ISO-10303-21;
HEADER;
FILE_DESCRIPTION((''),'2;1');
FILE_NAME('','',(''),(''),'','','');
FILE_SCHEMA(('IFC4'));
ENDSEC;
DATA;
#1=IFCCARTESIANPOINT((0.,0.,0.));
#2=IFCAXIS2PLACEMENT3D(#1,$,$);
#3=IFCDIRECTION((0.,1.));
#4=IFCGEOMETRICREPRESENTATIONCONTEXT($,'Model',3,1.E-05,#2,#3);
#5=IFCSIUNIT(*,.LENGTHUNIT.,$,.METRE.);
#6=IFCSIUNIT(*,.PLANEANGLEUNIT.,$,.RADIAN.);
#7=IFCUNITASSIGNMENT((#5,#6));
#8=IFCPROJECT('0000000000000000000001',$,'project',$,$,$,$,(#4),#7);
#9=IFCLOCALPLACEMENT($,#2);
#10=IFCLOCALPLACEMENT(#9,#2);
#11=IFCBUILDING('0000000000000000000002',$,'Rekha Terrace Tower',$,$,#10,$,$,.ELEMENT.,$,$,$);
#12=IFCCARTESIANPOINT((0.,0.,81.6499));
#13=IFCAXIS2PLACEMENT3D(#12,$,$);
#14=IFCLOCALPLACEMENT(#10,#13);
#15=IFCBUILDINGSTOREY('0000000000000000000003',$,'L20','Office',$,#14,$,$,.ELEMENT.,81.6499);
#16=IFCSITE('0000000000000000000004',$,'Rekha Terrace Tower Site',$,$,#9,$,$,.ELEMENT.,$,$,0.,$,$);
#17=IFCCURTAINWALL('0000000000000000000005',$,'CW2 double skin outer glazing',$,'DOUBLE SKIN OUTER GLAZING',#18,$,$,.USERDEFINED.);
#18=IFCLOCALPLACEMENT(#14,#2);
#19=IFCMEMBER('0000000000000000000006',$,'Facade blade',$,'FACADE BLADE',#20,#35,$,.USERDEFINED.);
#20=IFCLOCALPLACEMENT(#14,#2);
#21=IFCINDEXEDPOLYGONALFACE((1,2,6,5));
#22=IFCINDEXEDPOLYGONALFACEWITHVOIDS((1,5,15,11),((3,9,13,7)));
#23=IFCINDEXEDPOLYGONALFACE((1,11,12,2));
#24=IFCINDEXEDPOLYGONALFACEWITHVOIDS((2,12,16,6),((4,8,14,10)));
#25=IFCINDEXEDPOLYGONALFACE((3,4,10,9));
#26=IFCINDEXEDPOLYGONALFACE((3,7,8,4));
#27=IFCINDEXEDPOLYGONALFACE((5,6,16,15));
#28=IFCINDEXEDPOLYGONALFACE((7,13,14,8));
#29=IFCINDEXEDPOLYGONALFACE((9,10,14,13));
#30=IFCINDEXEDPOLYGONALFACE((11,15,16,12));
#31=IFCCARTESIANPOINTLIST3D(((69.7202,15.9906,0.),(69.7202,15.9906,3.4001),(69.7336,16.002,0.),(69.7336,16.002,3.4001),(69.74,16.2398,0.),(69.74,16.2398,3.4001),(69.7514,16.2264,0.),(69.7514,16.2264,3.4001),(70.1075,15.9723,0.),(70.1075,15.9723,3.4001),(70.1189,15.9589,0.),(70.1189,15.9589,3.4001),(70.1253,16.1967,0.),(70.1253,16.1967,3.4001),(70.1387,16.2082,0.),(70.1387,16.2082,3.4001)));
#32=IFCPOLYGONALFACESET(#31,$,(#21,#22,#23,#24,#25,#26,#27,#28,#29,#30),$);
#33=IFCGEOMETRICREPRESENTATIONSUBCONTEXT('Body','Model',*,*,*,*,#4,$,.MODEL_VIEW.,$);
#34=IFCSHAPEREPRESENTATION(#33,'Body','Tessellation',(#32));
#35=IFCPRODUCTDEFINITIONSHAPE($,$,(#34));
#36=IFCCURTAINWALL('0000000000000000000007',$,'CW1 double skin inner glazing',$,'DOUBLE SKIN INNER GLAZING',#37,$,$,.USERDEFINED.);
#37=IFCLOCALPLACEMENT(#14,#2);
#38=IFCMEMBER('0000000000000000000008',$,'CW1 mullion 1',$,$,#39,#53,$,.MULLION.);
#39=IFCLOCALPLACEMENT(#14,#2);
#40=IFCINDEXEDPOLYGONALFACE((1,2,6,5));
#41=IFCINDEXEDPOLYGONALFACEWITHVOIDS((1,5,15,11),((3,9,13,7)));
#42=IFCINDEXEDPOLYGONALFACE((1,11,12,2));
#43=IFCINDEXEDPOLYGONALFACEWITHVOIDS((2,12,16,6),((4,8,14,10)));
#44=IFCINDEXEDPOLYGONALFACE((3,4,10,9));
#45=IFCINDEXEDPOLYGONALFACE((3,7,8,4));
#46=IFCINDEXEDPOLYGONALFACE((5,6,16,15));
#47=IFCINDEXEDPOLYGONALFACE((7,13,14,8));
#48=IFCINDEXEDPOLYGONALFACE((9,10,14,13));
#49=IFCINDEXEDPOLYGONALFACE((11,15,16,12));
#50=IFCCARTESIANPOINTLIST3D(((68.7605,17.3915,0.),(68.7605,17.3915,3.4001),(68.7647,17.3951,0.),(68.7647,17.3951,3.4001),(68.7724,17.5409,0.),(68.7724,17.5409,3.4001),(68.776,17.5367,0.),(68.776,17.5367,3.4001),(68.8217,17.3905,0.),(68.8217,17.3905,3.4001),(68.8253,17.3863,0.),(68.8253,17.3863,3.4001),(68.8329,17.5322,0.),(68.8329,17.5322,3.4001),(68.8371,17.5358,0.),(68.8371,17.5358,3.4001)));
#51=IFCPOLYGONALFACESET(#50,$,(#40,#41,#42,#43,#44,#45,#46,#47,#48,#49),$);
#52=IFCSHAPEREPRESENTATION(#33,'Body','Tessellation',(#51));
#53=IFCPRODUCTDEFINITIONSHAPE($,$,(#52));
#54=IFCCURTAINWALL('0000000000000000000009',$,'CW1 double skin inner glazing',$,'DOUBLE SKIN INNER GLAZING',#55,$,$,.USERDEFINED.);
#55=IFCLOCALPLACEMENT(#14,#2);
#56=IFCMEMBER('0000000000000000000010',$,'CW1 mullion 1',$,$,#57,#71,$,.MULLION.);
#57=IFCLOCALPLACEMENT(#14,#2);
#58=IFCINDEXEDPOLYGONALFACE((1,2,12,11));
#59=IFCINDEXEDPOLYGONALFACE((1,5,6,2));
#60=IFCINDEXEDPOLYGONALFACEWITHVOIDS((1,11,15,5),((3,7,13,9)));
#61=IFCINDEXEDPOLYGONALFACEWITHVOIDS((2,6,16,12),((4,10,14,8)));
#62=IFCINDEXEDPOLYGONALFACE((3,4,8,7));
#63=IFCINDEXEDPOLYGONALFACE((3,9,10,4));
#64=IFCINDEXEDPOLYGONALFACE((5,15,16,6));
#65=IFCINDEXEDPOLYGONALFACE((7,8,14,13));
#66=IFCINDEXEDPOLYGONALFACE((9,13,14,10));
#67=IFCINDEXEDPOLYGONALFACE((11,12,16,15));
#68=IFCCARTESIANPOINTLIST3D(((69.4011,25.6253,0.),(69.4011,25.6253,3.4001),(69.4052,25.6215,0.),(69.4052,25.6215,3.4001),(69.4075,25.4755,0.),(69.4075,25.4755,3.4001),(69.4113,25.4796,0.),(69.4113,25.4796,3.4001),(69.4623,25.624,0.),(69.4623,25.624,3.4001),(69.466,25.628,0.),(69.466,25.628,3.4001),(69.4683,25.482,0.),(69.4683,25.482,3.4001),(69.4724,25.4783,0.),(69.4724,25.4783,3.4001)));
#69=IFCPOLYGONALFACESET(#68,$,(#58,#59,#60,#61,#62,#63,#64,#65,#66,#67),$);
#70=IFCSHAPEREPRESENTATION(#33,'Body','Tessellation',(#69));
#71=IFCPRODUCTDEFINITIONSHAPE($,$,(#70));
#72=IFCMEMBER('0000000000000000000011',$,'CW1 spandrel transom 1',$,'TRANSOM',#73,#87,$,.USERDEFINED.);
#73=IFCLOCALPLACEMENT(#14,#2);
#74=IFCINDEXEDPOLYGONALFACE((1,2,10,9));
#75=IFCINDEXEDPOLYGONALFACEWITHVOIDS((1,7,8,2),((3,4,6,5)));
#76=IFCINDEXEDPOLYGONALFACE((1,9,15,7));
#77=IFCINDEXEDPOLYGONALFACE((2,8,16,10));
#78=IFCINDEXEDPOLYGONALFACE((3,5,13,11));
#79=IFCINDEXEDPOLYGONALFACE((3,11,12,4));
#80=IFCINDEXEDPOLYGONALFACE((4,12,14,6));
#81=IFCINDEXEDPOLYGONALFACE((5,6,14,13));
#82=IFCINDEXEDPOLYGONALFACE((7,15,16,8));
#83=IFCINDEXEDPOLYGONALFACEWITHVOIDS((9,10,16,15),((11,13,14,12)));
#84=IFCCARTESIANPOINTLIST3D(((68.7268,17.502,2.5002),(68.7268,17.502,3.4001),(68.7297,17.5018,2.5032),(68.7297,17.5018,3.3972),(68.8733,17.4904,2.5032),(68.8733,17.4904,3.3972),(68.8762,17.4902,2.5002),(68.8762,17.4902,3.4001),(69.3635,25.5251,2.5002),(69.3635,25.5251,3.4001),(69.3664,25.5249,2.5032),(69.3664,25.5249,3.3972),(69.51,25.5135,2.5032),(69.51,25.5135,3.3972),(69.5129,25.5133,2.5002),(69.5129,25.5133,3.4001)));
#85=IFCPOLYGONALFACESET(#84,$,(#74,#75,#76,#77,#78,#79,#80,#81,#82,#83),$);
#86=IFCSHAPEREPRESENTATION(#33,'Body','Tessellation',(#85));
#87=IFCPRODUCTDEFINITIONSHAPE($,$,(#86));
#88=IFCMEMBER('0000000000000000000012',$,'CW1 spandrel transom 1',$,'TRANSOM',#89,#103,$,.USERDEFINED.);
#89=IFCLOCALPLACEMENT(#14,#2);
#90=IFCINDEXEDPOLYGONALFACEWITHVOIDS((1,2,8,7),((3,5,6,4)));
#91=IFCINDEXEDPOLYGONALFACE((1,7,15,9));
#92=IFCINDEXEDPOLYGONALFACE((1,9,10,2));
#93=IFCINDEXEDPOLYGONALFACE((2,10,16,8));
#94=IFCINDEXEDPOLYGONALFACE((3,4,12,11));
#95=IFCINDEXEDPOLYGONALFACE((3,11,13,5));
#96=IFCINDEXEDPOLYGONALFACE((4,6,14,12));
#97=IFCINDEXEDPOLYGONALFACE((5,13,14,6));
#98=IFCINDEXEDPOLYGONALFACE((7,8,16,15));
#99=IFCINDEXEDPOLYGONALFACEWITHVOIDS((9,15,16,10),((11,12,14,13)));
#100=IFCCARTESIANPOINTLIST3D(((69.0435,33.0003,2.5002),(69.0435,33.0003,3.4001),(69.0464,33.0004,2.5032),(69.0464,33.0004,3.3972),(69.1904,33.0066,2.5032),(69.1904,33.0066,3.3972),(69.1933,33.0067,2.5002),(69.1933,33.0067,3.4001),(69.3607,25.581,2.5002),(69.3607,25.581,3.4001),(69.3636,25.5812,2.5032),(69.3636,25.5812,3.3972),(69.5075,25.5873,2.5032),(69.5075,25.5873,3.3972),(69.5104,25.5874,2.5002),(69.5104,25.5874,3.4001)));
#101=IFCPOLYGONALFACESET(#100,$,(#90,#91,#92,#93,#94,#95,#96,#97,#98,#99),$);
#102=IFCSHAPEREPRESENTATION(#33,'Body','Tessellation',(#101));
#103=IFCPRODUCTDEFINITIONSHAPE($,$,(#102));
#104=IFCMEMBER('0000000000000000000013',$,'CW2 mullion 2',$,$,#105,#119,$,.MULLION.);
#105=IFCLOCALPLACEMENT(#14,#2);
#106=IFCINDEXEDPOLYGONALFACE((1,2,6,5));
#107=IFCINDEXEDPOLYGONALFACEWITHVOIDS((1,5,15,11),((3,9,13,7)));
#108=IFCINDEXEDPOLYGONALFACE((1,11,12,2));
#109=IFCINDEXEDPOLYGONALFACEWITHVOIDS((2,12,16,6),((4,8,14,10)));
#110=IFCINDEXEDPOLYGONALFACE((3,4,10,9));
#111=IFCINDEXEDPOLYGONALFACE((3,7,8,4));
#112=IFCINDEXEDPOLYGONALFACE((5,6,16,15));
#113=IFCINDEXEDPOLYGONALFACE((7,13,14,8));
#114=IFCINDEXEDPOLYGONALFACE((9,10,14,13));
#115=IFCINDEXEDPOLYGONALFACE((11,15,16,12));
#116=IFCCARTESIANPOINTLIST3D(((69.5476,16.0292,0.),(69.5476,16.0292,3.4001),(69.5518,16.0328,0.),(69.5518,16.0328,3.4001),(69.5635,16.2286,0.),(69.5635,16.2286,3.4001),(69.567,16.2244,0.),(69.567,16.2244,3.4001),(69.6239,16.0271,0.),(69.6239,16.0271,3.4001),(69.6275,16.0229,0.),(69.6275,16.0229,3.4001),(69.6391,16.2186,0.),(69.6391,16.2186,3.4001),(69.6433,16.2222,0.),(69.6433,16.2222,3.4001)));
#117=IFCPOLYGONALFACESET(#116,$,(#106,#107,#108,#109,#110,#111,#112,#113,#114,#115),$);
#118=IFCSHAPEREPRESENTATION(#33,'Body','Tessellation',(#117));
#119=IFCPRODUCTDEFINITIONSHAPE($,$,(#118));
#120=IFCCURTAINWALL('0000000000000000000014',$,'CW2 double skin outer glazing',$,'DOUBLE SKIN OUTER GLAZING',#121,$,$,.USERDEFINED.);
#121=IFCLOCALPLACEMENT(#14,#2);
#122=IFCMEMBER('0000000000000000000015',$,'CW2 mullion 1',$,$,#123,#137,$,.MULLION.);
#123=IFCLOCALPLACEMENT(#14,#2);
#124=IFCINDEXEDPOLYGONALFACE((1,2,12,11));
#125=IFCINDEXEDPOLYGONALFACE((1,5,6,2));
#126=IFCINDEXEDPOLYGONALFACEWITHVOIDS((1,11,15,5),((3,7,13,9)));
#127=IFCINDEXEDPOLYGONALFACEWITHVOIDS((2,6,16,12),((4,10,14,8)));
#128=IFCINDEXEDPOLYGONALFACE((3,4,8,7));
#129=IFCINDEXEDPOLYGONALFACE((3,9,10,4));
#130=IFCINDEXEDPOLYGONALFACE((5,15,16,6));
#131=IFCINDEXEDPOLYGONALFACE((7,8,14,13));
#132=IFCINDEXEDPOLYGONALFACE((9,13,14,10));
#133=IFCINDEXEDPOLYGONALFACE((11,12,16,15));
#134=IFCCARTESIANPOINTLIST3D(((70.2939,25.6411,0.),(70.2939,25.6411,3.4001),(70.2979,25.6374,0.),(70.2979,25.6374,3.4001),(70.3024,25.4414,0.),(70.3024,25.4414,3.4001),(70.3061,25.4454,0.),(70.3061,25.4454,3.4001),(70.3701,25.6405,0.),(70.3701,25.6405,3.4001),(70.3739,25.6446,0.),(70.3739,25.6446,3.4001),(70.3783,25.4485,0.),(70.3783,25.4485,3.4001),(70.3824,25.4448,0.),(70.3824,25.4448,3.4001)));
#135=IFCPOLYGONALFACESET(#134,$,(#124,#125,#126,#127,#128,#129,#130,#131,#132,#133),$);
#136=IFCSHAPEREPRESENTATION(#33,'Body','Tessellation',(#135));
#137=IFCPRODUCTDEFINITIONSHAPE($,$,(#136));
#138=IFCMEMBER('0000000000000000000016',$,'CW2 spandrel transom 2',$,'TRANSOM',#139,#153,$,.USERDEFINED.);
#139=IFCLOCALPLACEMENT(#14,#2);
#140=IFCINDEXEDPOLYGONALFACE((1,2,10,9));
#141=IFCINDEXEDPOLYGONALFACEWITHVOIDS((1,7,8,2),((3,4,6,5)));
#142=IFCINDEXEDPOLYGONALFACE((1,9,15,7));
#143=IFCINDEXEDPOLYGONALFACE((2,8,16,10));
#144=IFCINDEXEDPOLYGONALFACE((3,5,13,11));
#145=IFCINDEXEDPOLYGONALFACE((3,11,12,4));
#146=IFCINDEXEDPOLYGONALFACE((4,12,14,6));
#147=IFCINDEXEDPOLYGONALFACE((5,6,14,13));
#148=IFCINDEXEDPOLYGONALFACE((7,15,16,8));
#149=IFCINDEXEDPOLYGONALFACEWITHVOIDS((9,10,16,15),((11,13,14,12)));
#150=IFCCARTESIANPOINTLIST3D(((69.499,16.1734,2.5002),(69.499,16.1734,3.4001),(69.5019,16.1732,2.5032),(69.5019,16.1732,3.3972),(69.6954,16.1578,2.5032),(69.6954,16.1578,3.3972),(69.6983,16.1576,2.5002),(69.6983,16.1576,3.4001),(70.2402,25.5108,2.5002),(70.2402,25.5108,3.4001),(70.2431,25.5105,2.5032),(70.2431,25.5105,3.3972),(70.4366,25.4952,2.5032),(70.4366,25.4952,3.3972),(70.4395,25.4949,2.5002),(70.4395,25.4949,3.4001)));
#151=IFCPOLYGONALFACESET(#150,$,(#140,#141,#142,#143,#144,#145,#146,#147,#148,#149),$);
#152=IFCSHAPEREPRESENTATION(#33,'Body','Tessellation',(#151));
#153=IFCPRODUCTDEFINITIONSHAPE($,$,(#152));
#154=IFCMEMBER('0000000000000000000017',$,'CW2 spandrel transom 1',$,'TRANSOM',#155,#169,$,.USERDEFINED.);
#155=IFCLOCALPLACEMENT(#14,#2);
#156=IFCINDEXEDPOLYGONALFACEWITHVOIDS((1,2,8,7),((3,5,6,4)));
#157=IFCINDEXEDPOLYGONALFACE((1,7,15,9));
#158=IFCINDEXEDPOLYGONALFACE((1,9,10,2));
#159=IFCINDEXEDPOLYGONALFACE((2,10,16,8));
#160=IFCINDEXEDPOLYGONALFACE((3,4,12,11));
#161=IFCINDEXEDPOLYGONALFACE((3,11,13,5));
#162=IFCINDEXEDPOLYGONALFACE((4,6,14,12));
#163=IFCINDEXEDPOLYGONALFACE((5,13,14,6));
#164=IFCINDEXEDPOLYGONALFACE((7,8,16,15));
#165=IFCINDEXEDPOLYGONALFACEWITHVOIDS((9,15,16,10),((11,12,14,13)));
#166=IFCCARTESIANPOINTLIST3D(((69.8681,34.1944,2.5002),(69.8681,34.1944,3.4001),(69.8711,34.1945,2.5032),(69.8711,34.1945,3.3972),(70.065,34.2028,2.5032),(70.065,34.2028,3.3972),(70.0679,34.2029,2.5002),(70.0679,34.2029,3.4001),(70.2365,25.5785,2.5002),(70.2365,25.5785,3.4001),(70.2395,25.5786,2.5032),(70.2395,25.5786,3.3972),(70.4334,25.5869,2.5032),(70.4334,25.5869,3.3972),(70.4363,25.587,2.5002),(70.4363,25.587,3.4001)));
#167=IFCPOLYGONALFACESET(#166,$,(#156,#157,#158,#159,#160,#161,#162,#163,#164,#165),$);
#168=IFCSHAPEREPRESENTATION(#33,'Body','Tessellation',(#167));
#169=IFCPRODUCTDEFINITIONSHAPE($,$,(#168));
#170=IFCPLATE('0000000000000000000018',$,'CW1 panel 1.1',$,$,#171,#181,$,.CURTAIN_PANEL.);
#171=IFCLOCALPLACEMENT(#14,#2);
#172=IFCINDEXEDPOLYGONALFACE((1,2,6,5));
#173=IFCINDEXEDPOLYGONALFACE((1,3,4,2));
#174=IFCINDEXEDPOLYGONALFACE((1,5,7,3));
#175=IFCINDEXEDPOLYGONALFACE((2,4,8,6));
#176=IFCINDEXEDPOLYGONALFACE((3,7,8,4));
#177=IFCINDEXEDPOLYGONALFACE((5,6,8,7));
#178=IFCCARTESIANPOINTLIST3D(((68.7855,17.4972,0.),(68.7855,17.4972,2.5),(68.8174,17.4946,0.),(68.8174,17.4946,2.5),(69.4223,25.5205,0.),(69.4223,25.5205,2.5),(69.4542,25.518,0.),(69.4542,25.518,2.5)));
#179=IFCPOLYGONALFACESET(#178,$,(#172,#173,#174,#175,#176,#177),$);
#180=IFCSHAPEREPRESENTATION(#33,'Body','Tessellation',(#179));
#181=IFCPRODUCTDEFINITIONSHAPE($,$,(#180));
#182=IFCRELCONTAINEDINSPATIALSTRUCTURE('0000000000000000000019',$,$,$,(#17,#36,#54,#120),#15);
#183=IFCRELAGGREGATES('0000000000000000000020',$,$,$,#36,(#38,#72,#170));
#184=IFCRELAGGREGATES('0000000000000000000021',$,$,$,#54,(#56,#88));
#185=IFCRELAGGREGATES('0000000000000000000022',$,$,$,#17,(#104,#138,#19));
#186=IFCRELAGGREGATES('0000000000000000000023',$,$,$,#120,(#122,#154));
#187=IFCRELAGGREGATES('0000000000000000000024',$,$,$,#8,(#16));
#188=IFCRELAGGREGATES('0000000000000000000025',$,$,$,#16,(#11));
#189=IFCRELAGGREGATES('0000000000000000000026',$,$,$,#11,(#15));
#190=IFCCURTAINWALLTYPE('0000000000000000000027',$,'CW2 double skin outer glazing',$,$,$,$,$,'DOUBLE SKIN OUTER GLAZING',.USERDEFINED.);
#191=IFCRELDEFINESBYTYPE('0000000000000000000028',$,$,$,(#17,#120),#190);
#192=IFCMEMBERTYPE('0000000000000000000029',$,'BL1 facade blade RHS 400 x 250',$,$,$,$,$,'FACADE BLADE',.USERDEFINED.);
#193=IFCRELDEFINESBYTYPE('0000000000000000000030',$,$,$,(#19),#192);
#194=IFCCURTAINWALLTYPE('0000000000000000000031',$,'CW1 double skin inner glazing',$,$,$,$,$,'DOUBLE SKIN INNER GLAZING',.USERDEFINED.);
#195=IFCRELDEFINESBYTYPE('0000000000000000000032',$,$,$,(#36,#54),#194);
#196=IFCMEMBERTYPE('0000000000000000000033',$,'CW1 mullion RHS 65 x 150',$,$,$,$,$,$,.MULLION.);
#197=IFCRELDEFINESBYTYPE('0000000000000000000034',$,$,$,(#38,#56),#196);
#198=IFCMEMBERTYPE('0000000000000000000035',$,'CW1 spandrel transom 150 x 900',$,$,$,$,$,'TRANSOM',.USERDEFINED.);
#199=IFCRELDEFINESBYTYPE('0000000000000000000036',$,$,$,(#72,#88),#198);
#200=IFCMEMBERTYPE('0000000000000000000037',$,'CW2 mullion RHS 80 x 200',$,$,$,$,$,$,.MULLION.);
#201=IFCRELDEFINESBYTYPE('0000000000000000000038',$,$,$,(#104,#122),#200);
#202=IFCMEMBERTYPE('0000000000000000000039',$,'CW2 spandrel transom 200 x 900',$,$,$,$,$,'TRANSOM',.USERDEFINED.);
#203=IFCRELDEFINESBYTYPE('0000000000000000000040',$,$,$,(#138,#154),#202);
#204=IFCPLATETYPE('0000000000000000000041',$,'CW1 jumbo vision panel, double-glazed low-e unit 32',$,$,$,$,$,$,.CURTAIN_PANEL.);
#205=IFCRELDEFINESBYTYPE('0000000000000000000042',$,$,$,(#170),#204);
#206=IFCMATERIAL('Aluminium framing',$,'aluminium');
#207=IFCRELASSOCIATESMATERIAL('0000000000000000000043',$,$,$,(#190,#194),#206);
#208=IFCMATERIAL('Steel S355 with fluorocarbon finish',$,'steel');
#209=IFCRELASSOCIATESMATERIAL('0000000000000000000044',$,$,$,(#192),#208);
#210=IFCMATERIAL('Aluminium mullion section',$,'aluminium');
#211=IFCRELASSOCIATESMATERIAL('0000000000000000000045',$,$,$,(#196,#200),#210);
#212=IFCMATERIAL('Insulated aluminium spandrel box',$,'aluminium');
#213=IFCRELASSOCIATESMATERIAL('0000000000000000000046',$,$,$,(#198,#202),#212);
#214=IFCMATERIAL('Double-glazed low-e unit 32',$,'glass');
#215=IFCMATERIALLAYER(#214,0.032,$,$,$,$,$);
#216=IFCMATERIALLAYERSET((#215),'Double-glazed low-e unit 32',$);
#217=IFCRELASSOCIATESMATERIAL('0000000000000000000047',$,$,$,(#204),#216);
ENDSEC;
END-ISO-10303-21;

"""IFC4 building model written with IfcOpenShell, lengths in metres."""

from ifc_helpers import new_model, si_unit, direction, frame, origin, origin_2d, place, context, subcontext, project, spatial, rectangle, hollow_rectangle, extrude, material, layer, layer_set, material_profile, profile_set, type_object, element, aggregate, save


model = new_model("IFC4")

# Units and contexts
model_context = context("Model", 3, precision=1e-05, world=origin(), true_north=direction((0.0, 1.0)))
body_context = subcontext(model_context, "Body", "Model", "MODEL_VIEW")
ifc_project = project(units=[si_unit("LENGTHUNIT", "METRE"), si_unit("PLANEANGLEUNIT", "RADIAN")], contexts=[model_context])

# Site, building, storey
site_placement = place(None, origin())
site = spatial("IfcSite", under=ifc_project, at=site_placement, Name="Rekha Terrace Tower Site", CompositionType="ELEMENT", RefElevation=0.0)
building_placement = place(site_placement, origin())
building = spatial("IfcBuilding", under=site, at=building_placement, Name="Rekha Terrace Tower", CompositionType="ELEMENT")
storey_placement = place(building_placement, frame((0.0, 0.0, 81.6499)))
storey = spatial("IfcBuildingStorey", under=building, at=storey_placement, Name="L20", Description="Office", CompositionType="ELEMENT", Elevation=81.6499)

# Curtain walls, members
ifc_material_1 = material(Name="Aluminium framing", Category="aluminium")
curtain_wall_type_1 = type_object("IfcCurtainWallType", Name="CW2 double skin outer glazing", ElementType="DOUBLE SKIN OUTER GLAZING", PredefinedType="USERDEFINED", material=ifc_material_1)
curtain_wall_1_placement = place(storey_placement, origin())
curtain_wall_1 = element("IfcCurtainWall", 1, at=curtain_wall_1_placement, inside=storey, type_object=curtain_wall_type_1, Name="CW2 double skin outer glazing", ObjectType="DOUBLE SKIN OUTER GLAZING", PredefinedType="USERDEFINED")
ifc_material_2 = material(Name="Steel S355 with fluorocarbon finish", Category="steel")
ifc_material_profile_1 = material_profile(ifc_material_2, hollow_rectangle(XDim=0.25, YDim=0.3999, WallThickness=0.0125, at=origin_2d()), Name="RHS400x250x12.5")
ifc_profile_set_1 = profile_set([ifc_material_profile_1], Name="Steel S355 with fluorocarbon finish")
member_type_1 = type_object("IfcMemberType", Name="BL1 facade blade RHS 400 x 250", ElementType="FACADE BLADE", PredefinedType="USERDEFINED", material=ifc_profile_set_1)
member_1_placement = place(storey_placement, frame((69.9294, 16.0994, 0.0), z_axis=(0.0, 0.0, 1.0), x_axis=(0.079117, 0.996865, 0.0)))
member_1 = element("IfcMember", 2, at=member_1_placement, type_object=member_type_1, Name="Facade blade", ObjectType="FACADE BLADE", PredefinedType="USERDEFINED", context=body_context, shape_type="SweptSolid", body=[
    extrude(hollow_rectangle(XDim=0.25, YDim=0.3999, WallThickness=0.0125, at=origin_2d()), origin(), (0.0, 0.0, 1.0), 3.4001),
])
curtain_wall_type_2 = type_object("IfcCurtainWallType", Name="CW1 double skin inner glazing", ElementType="DOUBLE SKIN INNER GLAZING", PredefinedType="USERDEFINED", material=ifc_material_1)
curtain_wall_2_placement = place(storey_placement, origin())
curtain_wall_2 = element("IfcCurtainWall", 3, at=curtain_wall_2_placement, inside=storey, type_object=curtain_wall_type_2, Name="CW1 double skin inner glazing", ObjectType="DOUBLE SKIN INNER GLAZING", PredefinedType="USERDEFINED")
ifc_material_3 = material(Name="Aluminium mullion section", Category="aluminium")
ifc_material_profile_2 = material_profile(ifc_material_3, hollow_rectangle(XDim=0.0649, YDim=0.1499, WallThickness=0.0039, at=origin_2d()), Name="AL RHS 65x150")
ifc_profile_set_2 = profile_set([ifc_material_profile_2], Name="Aluminium mullion section")
member_type_2 = type_object("IfcMemberType", Name="CW1 mullion RHS 65 x 150", PredefinedType="MULLION", material=ifc_profile_set_2)
member_2_placement = place(storey_placement, frame((68.7988, 17.4636, 0.0), z_axis=(0.0, 0.0, 1.0), x_axis=(-0.996865, 0.079116, 0.0)))
member_2 = element("IfcMember", 4, at=member_2_placement, type_object=member_type_2, Name="CW1 mullion 1", PredefinedType="MULLION", context=body_context, shape_type="SweptSolid", body=[
    extrude(hollow_rectangle(XDim=0.0649, YDim=0.1499, WallThickness=0.0039, at=origin_2d()), origin(), (0.0, 0.0, 1.0), 3.4001),
])
curtain_wall_3_placement = place(storey_placement, origin())
curtain_wall_3 = element("IfcCurtainWall", 5, at=curtain_wall_3_placement, inside=storey, type_object=curtain_wall_type_2, Name="CW1 double skin inner glazing", ObjectType="DOUBLE SKIN INNER GLAZING", PredefinedType="USERDEFINED")
member_3_placement = place(storey_placement, frame((69.4368, 25.5518, 0.0), z_axis=(0.0, 0.0, 1.0), x_axis=(-0.999088, -0.042696, 0.0)))
member_3 = element("IfcMember", 6, at=member_3_placement, type_object=member_type_2, Name="CW1 mullion 1", PredefinedType="MULLION", context=body_context, shape_type="SweptSolid", body=[
    extrude(hollow_rectangle(XDim=0.0649, YDim=0.1499, WallThickness=0.0039, at=origin_2d()), origin(), (0.0, 0.0, 1.0), 3.4001),
])

# Members
ifc_material_4 = material(Name="Insulated aluminium spandrel box", Category="aluminium")
ifc_material_profile_3 = material_profile(ifc_material_4, hollow_rectangle(XDim=0.1499, YDim=0.8999, WallThickness=0.0029, at=origin_2d()), Name="AL SPANDREL BOX 150x900")
ifc_profile_set_3 = profile_set([ifc_material_profile_3], Name="Insulated aluminium spandrel box")
member_type_3 = type_object("IfcMemberType", Name="CW1 spandrel transom 150 x 900", ElementType="TRANSOM", PredefinedType="USERDEFINED", material=ifc_profile_set_3)
member_4_placement = place(storey_placement, frame((68.8015, 17.4961, 2.9502), z_axis=(0.079111, 0.996866, 0.0), x_axis=(-0.996866, 0.079111, 0.0)))
member_4 = element("IfcMember", 7, at=member_4_placement, type_object=member_type_3, Name="CW1 spandrel transom 1", ObjectType="TRANSOM", PredefinedType="USERDEFINED", context=body_context, shape_type="SweptSolid", body=[
    extrude(hollow_rectangle(XDim=0.1499, YDim=0.8999, WallThickness=0.0029, at=origin_2d()), origin(), (0.0, 0.0, 1.0), 8.0483),
])
member_5_placement = place(storey_placement, frame((69.4355, 25.5842, 2.9502), z_axis=(-0.042707, 0.999088, 0.0), x_axis=(-0.999088, -0.042707, 0.0)))
member_5 = element("IfcMember", 8, at=member_5_placement, type_object=member_type_3, Name="CW1 spandrel transom 1", ObjectType="TRANSOM", PredefinedType="USERDEFINED", context=body_context, shape_type="SweptSolid", body=[
    extrude(hollow_rectangle(XDim=0.1499, YDim=0.8999, WallThickness=0.0029, at=origin_2d()), origin(), (0.0, 0.0, 1.0), 7.426),
])
ifc_material_profile_4 = material_profile(ifc_material_3, hollow_rectangle(XDim=0.0801, YDim=0.2, WallThickness=0.0039, at=origin_2d()), Name="AL RHS 80x200")
ifc_profile_set_4 = profile_set([ifc_material_profile_4], Name="Aluminium mullion section")
member_type_4 = type_object("IfcMemberType", Name="CW2 mullion RHS 80 x 200", PredefinedType="MULLION", material=ifc_profile_set_4)
member_6_placement = place(storey_placement, frame((69.5955, 16.1257, 0.0), z_axis=(0.0, 0.0, 1.0), x_axis=(-0.996865, 0.079116, 0.0)))
member_6 = element("IfcMember", 9, at=member_6_placement, type_object=member_type_4, Name="CW2 mullion 2", PredefinedType="MULLION", context=body_context, shape_type="SweptSolid", body=[
    extrude(hollow_rectangle(XDim=0.0801, YDim=0.2, WallThickness=0.0039, at=origin_2d()), origin(), (0.0, 0.0, 1.0), 3.4001),
])

# Curtain wall, member
curtain_wall_4_placement = place(storey_placement, origin())
curtain_wall_4 = element("IfcCurtainWall", 10, at=curtain_wall_4_placement, inside=storey, type_object=curtain_wall_type_1, Name="CW2 double skin outer glazing", ObjectType="DOUBLE SKIN OUTER GLAZING", PredefinedType="USERDEFINED")
member_7_placement = place(storey_placement, frame((70.3381, 25.543, 0.0), z_axis=(0.0, 0.0, 1.0), x_axis=(-0.999088, -0.042696, 0.0)))
member_7 = element("IfcMember", 11, at=member_7_placement, type_object=member_type_4, Name="CW2 mullion 1", PredefinedType="MULLION", context=body_context, shape_type="SweptSolid", body=[
    extrude(hollow_rectangle(XDim=0.0801, YDim=0.2, WallThickness=0.0039, at=origin_2d()), origin(), (0.0, 0.0, 1.0), 3.4001),
])

# Members
ifc_material_profile_5 = material_profile(ifc_material_4, hollow_rectangle(XDim=0.2, YDim=0.8999, WallThickness=0.0029, at=origin_2d()), Name="AL SPANDREL BOX 200x900")
ifc_profile_set_5 = profile_set([ifc_material_profile_5], Name="Insulated aluminium spandrel box")
member_type_5 = type_object("IfcMemberType", Name="CW2 spandrel transom 200 x 900", ElementType="TRANSOM", PredefinedType="USERDEFINED", material=ifc_profile_set_5)
member_8_placement = place(storey_placement, frame((69.5986, 16.1655, 2.9502), z_axis=(0.079132, 0.996864, 0.0), x_axis=(-0.996864, 0.079132, 0.0)))
member_8 = element("IfcMember", 12, at=member_8_placement, type_object=member_type_5, Name="CW2 spandrel transom 2", ObjectType="TRANSOM", PredefinedType="USERDEFINED", context=body_context, shape_type="SweptSolid", body=[
    extrude(hollow_rectangle(XDim=0.2, YDim=0.8999, WallThickness=0.0029, at=origin_2d()), origin(), (0.0, 0.0, 1.0), 9.3667),
])
member_9_placement = place(storey_placement, frame((70.3364, 25.5828, 2.9502), z_axis=(-0.04272, 0.999087, 0.0), x_axis=(-0.999087, -0.04272, 0.0)))
member_9 = element("IfcMember", 13, at=member_9_placement, type_object=member_type_5, Name="CW2 spandrel transom 1", ObjectType="TRANSOM", PredefinedType="USERDEFINED", context=body_context, shape_type="SweptSolid", body=[
    extrude(hollow_rectangle(XDim=0.2, YDim=0.8999, WallThickness=0.0029, at=origin_2d()), origin(), (0.0, 0.0, 1.0), 8.6238),
])

# Plate
ifc_material_5 = material(Name="Double-glazed low-e unit 32", Category="glass")
ifc_layer_1 = layer(ifc_material_5, 0.032)
ifc_layer_set_1 = layer_set([ifc_layer_1], Name="Double-glazed low-e unit 32")
plate_type_1 = type_object("IfcPlateType", Name="CW1 jumbo vision panel, double-glazed low-e unit 32", PredefinedType="CURTAIN_PANEL", material=ifc_layer_set_1)
plate_1_placement = place(storey_placement, frame((69.1199, 21.5076, 0.0), z_axis=(0.0, 0.0, 1.0), x_axis=(0.079116, 0.996865, 0.0)))
plate_1 = element("IfcPlate", 14, at=plate_1_placement, type_object=plate_type_1, Name="CW1 panel 1.1", PredefinedType="CURTAIN_PANEL", context=body_context, shape_type="SweptSolid", body=[
    extrude(rectangle(XDim=8.0486, YDim=0.032, at=origin_2d()), origin(), (0.0, 0.0, 1.0), 2.5),
])
aggregate(curtain_wall_2, [member_2, member_4, plate_1])
aggregate(curtain_wall_3, [member_3, member_5])
aggregate(curtain_wall_1, [member_6, member_8, member_1])
aggregate(curtain_wall_4, [member_7, member_9])

save(model, "model.ifc")
